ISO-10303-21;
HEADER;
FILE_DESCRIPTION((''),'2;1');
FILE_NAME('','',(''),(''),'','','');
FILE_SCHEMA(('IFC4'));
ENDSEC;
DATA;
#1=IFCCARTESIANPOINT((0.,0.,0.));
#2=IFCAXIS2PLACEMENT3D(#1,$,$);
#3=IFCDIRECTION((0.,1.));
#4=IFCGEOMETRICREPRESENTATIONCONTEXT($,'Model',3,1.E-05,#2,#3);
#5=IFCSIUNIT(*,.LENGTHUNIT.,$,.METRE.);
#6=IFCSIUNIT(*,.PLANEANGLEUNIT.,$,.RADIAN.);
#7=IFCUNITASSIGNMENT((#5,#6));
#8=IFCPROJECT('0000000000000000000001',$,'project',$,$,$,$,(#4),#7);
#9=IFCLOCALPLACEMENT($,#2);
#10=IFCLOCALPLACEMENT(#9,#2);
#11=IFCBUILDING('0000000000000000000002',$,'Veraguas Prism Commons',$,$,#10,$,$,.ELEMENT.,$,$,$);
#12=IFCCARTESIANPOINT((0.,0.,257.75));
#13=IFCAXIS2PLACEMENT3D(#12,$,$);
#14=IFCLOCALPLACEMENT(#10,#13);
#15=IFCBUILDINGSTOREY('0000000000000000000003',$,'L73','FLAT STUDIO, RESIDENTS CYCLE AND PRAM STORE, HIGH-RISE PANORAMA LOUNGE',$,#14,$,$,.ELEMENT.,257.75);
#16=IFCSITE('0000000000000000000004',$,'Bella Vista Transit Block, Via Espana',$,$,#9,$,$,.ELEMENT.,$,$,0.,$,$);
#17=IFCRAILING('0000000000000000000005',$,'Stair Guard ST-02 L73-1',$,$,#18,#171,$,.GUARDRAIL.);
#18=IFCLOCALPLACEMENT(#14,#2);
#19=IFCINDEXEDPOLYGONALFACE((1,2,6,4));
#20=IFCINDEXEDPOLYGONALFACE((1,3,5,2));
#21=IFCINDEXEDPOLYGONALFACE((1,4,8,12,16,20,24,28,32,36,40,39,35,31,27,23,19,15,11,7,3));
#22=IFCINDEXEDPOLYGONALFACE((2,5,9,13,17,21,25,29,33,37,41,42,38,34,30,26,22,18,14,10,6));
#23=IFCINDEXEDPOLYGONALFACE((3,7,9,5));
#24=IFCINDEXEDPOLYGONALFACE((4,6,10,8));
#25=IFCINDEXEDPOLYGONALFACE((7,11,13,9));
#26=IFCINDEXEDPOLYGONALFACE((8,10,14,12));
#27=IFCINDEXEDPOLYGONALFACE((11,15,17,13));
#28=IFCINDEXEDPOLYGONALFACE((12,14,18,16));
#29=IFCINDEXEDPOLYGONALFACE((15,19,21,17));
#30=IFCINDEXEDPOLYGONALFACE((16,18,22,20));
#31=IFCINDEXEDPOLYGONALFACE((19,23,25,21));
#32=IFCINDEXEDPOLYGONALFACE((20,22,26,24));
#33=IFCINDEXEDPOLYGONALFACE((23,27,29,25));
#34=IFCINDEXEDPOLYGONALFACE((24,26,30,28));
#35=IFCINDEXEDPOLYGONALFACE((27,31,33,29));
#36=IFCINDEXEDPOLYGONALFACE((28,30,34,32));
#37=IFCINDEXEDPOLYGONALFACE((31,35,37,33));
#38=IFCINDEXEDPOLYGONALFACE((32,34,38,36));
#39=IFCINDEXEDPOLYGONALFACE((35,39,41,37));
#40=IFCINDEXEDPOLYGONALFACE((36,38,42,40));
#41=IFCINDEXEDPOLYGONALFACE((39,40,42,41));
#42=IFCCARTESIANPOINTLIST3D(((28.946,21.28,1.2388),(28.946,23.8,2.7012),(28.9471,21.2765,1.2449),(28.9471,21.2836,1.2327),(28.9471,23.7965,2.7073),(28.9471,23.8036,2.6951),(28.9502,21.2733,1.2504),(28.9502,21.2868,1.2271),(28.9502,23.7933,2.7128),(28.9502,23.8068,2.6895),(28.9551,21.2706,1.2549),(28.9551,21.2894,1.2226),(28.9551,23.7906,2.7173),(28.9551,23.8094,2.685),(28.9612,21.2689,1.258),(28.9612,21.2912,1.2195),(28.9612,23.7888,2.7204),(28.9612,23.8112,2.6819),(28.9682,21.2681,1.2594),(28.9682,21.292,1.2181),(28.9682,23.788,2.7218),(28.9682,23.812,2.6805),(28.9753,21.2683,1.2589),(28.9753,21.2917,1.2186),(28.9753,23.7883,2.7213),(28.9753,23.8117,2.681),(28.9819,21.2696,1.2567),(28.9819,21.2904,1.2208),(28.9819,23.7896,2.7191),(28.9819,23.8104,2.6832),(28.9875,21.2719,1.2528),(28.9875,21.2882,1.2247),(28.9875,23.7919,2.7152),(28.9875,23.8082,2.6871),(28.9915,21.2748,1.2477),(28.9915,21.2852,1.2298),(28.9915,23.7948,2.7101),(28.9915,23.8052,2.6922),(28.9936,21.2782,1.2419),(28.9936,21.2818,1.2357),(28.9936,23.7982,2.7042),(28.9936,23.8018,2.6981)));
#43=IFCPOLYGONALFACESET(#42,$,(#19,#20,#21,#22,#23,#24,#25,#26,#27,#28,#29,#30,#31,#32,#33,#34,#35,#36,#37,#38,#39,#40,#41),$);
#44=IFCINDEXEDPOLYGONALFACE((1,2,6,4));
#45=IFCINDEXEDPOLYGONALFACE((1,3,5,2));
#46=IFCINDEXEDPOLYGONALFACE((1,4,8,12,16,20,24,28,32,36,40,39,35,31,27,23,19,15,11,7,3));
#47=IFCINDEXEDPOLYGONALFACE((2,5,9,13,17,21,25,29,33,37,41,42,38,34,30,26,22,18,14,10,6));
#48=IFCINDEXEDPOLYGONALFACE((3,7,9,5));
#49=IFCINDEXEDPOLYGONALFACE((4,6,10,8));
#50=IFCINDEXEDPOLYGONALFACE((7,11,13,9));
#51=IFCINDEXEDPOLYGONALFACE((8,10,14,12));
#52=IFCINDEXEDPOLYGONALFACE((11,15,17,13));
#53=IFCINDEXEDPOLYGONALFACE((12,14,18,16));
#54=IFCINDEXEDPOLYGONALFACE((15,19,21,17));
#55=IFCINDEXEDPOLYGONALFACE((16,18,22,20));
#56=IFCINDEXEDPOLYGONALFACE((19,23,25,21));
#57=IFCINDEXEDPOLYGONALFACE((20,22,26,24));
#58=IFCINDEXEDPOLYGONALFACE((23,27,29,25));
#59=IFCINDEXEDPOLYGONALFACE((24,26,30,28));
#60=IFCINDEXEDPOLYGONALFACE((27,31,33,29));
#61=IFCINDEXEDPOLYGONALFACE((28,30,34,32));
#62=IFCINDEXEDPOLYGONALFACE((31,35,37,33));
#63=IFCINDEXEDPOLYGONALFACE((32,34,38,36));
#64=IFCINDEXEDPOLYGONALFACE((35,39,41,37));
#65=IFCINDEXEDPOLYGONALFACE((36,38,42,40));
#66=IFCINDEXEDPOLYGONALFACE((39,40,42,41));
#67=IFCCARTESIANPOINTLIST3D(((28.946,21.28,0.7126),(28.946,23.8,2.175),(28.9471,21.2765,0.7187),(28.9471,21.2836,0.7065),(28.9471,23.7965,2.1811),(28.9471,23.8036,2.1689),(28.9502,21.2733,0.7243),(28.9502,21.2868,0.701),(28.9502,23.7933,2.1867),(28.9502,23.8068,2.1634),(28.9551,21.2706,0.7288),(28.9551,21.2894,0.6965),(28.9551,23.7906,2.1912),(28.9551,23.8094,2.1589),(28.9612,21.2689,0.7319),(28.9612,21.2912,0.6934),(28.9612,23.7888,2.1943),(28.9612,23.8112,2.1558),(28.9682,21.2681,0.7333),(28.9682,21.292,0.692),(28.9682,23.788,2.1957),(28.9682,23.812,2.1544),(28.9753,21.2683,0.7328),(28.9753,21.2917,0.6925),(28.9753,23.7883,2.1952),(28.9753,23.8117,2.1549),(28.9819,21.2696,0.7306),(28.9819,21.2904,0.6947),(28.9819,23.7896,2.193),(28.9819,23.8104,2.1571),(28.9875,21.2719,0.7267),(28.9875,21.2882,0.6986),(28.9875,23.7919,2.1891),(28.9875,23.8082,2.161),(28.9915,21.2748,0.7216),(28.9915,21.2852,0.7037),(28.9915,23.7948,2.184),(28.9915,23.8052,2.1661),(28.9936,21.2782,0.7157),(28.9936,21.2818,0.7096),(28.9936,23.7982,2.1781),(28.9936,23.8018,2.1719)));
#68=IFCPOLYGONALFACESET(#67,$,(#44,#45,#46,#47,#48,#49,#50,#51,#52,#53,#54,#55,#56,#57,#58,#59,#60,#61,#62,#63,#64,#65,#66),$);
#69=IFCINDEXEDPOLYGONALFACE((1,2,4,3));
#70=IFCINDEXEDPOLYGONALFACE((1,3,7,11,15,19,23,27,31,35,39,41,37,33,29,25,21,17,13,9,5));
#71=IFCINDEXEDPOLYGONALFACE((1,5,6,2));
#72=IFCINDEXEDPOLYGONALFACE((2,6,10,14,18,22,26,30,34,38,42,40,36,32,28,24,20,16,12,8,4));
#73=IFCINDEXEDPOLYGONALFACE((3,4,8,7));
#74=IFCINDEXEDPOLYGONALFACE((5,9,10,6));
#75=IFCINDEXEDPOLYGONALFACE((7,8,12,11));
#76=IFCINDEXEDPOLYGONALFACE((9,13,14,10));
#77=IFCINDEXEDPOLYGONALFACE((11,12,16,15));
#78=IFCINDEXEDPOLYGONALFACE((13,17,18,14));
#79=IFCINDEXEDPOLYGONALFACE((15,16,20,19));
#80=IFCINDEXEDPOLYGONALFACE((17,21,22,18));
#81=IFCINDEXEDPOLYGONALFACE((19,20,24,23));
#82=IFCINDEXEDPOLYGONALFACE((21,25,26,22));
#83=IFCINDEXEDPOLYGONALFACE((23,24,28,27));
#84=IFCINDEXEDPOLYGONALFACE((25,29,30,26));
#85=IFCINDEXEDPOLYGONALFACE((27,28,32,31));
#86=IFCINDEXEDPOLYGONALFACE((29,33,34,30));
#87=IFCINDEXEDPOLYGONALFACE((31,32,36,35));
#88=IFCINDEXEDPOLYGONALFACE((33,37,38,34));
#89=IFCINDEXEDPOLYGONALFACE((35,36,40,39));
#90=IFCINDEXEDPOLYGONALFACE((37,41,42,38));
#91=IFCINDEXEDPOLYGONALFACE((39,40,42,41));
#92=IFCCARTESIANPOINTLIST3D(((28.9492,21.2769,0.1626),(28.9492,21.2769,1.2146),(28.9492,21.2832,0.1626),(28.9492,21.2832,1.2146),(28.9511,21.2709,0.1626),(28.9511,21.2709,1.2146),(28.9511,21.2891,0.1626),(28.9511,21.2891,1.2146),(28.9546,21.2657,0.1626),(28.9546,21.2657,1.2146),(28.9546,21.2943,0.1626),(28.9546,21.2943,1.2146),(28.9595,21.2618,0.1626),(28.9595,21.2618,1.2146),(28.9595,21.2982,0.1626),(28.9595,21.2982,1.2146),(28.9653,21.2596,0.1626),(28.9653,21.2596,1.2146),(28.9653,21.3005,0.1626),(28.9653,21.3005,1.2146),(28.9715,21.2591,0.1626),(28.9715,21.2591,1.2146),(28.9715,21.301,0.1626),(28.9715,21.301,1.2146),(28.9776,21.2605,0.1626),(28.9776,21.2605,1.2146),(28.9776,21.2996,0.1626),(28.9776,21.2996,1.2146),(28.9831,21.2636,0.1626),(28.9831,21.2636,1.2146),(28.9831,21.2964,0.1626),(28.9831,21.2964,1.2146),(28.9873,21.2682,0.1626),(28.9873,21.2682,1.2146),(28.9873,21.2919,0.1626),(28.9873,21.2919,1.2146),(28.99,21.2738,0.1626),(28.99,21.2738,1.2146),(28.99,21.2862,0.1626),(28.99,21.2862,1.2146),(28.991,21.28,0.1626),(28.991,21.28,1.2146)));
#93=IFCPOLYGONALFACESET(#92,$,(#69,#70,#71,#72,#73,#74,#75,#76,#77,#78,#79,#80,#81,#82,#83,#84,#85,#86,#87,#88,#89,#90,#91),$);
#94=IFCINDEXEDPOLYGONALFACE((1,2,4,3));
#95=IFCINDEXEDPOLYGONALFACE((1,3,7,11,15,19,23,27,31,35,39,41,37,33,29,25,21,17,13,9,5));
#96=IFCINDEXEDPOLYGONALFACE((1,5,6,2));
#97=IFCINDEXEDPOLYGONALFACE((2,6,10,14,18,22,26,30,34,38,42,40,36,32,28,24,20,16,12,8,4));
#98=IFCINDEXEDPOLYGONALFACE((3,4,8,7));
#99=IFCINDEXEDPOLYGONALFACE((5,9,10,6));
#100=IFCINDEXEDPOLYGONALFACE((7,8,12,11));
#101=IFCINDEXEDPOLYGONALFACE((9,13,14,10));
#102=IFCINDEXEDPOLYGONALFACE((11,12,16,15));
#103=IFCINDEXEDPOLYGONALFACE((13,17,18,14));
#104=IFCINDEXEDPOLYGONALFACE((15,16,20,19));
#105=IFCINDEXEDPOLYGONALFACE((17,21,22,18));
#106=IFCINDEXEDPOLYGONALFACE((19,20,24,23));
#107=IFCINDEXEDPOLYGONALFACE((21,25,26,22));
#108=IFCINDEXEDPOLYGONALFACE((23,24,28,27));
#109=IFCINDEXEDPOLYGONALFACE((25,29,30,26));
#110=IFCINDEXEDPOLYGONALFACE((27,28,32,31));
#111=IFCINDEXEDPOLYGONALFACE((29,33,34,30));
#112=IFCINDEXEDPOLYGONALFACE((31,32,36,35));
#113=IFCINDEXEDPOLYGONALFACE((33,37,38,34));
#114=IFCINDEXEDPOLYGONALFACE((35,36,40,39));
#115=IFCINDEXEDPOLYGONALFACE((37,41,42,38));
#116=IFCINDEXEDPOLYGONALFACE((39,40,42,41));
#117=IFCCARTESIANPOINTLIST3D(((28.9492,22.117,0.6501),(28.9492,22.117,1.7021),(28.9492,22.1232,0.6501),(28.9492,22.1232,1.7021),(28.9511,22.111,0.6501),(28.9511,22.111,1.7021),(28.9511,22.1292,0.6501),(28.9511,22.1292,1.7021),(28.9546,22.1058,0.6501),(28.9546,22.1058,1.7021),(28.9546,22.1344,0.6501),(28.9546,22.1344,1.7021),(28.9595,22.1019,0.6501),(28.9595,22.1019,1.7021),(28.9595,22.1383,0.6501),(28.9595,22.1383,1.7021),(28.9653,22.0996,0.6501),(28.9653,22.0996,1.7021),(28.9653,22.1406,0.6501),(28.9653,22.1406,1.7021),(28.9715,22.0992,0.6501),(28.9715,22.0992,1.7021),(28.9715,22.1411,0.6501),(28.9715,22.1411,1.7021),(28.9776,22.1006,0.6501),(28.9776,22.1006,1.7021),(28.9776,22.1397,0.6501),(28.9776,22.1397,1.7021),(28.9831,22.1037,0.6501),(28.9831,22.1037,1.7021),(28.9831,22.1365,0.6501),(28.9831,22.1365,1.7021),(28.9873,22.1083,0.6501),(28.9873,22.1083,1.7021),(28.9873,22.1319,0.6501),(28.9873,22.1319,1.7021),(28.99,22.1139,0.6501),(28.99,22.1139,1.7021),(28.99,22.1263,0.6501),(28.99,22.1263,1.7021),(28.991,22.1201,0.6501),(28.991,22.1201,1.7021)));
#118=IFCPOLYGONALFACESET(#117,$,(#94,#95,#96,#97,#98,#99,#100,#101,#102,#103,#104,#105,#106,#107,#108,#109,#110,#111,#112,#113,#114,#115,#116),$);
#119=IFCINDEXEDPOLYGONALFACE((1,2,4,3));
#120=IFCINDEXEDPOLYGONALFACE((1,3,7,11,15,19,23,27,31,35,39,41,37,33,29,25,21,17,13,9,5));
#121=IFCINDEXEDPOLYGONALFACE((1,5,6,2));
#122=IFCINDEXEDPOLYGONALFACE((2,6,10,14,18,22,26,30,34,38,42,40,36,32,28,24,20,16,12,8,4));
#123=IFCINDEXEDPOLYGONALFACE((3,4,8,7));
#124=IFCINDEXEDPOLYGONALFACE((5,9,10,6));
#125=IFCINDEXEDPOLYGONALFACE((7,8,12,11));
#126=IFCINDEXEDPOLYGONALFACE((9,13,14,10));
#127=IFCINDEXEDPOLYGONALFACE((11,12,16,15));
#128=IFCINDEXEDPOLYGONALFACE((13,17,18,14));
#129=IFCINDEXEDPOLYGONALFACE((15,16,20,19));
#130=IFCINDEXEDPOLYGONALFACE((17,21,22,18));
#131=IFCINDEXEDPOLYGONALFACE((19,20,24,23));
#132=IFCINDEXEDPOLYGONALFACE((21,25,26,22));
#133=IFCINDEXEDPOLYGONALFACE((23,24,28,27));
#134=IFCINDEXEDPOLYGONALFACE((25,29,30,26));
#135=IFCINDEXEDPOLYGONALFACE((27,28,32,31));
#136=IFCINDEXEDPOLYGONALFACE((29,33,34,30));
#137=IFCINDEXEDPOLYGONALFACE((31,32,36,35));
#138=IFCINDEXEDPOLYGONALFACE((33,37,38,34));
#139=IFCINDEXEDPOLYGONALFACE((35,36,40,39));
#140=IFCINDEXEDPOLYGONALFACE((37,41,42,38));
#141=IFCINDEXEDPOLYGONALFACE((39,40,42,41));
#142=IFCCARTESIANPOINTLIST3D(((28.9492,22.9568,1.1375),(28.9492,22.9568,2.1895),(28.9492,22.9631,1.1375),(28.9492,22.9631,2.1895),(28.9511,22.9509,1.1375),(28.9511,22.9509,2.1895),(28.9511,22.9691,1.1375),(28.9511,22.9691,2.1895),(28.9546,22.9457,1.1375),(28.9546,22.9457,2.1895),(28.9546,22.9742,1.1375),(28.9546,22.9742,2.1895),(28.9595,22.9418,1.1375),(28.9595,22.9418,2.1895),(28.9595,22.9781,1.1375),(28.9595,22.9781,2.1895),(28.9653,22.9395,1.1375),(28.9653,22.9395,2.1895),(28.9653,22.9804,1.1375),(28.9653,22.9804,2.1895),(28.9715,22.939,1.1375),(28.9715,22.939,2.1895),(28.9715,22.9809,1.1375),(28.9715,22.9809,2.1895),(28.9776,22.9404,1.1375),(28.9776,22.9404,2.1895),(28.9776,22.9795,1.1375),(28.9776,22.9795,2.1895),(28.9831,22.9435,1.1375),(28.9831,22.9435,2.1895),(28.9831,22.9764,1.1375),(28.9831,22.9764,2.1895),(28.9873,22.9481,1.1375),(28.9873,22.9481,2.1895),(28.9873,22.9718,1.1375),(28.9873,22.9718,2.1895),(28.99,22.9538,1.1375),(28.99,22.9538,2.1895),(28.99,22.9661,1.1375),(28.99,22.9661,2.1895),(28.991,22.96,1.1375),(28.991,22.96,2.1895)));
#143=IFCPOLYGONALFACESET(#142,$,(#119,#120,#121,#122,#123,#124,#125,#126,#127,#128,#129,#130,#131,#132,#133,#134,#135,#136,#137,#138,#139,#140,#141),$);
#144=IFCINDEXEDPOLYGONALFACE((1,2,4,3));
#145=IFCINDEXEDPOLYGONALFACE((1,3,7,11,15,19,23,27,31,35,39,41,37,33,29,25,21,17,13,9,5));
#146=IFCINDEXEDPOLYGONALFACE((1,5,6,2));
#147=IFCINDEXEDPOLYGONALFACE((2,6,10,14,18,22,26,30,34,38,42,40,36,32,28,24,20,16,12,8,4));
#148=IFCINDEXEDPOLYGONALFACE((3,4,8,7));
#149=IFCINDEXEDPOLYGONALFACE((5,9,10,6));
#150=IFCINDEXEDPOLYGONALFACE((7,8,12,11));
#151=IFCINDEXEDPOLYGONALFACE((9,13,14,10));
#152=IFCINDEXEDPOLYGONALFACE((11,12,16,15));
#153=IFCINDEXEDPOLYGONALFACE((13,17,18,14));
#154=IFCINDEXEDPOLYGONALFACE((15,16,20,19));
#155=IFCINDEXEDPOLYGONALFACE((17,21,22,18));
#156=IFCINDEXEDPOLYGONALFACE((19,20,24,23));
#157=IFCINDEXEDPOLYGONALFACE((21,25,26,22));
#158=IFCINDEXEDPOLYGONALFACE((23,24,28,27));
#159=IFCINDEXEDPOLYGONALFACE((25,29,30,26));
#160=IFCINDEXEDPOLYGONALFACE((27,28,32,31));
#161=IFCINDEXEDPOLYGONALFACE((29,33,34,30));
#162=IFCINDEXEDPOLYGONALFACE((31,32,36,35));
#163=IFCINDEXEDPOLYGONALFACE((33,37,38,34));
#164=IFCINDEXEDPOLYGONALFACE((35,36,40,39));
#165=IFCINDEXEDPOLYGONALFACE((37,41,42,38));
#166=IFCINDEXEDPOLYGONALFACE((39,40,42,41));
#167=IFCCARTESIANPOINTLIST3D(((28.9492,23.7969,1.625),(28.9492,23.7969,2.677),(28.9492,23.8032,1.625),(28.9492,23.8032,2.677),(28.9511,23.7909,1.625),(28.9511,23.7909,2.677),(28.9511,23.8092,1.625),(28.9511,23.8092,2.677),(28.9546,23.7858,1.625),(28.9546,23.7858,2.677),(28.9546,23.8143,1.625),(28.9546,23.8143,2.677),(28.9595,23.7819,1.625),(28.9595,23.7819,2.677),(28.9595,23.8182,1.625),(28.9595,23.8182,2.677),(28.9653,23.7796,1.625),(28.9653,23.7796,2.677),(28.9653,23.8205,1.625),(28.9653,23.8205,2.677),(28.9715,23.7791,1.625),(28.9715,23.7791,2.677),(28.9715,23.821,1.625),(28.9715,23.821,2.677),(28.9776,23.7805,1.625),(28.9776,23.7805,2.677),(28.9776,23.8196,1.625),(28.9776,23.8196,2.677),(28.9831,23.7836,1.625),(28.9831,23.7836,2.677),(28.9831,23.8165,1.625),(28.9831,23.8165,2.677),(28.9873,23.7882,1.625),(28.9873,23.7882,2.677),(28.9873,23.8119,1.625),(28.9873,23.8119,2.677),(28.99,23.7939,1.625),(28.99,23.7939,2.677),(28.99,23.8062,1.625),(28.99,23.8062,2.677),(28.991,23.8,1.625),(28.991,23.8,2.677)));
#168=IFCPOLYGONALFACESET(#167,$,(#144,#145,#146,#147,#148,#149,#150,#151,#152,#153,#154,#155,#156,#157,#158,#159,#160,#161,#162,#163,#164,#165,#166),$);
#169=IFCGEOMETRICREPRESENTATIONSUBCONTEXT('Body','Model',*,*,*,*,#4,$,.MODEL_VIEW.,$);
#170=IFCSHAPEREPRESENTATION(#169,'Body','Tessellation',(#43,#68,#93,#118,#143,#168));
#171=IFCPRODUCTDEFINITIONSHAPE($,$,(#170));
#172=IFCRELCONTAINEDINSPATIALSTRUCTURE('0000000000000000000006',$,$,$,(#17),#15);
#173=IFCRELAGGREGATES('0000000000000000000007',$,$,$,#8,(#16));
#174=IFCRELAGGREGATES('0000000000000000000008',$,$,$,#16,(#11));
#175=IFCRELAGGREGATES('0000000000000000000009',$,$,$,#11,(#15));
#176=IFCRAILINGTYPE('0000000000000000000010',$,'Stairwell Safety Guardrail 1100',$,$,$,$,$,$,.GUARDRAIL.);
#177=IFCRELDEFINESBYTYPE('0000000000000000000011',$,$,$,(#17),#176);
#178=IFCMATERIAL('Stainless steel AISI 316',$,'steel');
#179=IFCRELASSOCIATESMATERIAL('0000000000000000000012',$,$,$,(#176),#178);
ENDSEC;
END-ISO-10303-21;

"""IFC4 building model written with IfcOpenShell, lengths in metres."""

from ifc_helpers import new_model, si_unit, direction, frame, origin, origin_2d, place, context, subcontext, project, spatial, circle, extrude, material, type_object, element, save


model = new_model("IFC4")

# Units and contexts
model_context = context("Model", 3, precision=1e-05, world=origin(), true_north=direction((0.0, 1.0)))
body_context = subcontext(model_context, "Body", "Model", "MODEL_VIEW")
ifc_project = project(units=[si_unit("LENGTHUNIT", "METRE"), si_unit("PLANEANGLEUNIT", "RADIAN")], contexts=[model_context])

# Site, building, storey
site_placement = place(None, origin())
site = spatial("IfcSite", under=ifc_project, at=site_placement, Name="Bella Vista Transit Block, Via Espana", CompositionType="ELEMENT", RefElevation=0.0)
building_placement = place(site_placement, origin())
building = spatial("IfcBuilding", under=site, at=building_placement, Name="Veraguas Prism Commons", CompositionType="ELEMENT")
storey_placement = place(building_placement, frame((0.0, 0.0, 257.75)))
storey = spatial("IfcBuildingStorey", under=building, at=storey_placement, Name="L73", Description="FLAT STUDIO, RESIDENTS CYCLE AND PRAM STORE, HIGH-RISE PANORAMA LOUNGE", CompositionType="ELEMENT", Elevation=257.75)

# Railing
ifc_material_1 = material(Name="Stainless steel AISI 316", Category="steel")
railing_type_1 = type_object("IfcRailingType", Name="Stairwell Safety Guardrail 1100", PredefinedType="GUARDRAIL", material=ifc_material_1)
railing_1_placement = place(storey_placement, frame((28.97, 21.28, 0.1626)))
element("IfcRailing", 1, at=railing_1_placement, inside=storey, type_object=railing_type_1, Name="Stair Guard ST-02 L73-1", PredefinedType="GUARDRAIL", context=body_context, shape_type="SweptSolid", body=[
    extrude(circle(Radius=0.0239, at=origin_2d()), frame((0.0, 0.0, 1.0762), z_axis=(0.0, 0.864913, 0.501921), x_axis=(-1.0, 0.0, 0.0)), (0.0, 0.0, 1.0), 2.9136),
    extrude(circle(Radius=0.0239, at=origin_2d()), frame((0.0, 0.0, 0.55), z_axis=(0.0, 0.864913, 0.501921), x_axis=(-1.0, 0.0, 0.0)), (0.0, 0.0, 1.0), 2.9136),
    extrude(circle(Radius=0.021, at=origin_2d()), origin(), (0.0, 0.0, 1.0), 1.052),
    extrude(circle(Radius=0.021, at=origin_2d()), frame((0.0, 0.8401, 0.4875)), (0.0, 0.0, 1.0), 1.052),
    extrude(circle(Radius=0.021, at=origin_2d()), frame((0.0, 1.6799, 0.9749)), (0.0, 0.0, 1.0), 1.052),
    extrude(circle(Radius=0.021, at=origin_2d()), frame((0.0, 2.52, 1.4624)), (0.0, 0.0, 1.0), 1.052),
])

save(model, "model.ifc")
